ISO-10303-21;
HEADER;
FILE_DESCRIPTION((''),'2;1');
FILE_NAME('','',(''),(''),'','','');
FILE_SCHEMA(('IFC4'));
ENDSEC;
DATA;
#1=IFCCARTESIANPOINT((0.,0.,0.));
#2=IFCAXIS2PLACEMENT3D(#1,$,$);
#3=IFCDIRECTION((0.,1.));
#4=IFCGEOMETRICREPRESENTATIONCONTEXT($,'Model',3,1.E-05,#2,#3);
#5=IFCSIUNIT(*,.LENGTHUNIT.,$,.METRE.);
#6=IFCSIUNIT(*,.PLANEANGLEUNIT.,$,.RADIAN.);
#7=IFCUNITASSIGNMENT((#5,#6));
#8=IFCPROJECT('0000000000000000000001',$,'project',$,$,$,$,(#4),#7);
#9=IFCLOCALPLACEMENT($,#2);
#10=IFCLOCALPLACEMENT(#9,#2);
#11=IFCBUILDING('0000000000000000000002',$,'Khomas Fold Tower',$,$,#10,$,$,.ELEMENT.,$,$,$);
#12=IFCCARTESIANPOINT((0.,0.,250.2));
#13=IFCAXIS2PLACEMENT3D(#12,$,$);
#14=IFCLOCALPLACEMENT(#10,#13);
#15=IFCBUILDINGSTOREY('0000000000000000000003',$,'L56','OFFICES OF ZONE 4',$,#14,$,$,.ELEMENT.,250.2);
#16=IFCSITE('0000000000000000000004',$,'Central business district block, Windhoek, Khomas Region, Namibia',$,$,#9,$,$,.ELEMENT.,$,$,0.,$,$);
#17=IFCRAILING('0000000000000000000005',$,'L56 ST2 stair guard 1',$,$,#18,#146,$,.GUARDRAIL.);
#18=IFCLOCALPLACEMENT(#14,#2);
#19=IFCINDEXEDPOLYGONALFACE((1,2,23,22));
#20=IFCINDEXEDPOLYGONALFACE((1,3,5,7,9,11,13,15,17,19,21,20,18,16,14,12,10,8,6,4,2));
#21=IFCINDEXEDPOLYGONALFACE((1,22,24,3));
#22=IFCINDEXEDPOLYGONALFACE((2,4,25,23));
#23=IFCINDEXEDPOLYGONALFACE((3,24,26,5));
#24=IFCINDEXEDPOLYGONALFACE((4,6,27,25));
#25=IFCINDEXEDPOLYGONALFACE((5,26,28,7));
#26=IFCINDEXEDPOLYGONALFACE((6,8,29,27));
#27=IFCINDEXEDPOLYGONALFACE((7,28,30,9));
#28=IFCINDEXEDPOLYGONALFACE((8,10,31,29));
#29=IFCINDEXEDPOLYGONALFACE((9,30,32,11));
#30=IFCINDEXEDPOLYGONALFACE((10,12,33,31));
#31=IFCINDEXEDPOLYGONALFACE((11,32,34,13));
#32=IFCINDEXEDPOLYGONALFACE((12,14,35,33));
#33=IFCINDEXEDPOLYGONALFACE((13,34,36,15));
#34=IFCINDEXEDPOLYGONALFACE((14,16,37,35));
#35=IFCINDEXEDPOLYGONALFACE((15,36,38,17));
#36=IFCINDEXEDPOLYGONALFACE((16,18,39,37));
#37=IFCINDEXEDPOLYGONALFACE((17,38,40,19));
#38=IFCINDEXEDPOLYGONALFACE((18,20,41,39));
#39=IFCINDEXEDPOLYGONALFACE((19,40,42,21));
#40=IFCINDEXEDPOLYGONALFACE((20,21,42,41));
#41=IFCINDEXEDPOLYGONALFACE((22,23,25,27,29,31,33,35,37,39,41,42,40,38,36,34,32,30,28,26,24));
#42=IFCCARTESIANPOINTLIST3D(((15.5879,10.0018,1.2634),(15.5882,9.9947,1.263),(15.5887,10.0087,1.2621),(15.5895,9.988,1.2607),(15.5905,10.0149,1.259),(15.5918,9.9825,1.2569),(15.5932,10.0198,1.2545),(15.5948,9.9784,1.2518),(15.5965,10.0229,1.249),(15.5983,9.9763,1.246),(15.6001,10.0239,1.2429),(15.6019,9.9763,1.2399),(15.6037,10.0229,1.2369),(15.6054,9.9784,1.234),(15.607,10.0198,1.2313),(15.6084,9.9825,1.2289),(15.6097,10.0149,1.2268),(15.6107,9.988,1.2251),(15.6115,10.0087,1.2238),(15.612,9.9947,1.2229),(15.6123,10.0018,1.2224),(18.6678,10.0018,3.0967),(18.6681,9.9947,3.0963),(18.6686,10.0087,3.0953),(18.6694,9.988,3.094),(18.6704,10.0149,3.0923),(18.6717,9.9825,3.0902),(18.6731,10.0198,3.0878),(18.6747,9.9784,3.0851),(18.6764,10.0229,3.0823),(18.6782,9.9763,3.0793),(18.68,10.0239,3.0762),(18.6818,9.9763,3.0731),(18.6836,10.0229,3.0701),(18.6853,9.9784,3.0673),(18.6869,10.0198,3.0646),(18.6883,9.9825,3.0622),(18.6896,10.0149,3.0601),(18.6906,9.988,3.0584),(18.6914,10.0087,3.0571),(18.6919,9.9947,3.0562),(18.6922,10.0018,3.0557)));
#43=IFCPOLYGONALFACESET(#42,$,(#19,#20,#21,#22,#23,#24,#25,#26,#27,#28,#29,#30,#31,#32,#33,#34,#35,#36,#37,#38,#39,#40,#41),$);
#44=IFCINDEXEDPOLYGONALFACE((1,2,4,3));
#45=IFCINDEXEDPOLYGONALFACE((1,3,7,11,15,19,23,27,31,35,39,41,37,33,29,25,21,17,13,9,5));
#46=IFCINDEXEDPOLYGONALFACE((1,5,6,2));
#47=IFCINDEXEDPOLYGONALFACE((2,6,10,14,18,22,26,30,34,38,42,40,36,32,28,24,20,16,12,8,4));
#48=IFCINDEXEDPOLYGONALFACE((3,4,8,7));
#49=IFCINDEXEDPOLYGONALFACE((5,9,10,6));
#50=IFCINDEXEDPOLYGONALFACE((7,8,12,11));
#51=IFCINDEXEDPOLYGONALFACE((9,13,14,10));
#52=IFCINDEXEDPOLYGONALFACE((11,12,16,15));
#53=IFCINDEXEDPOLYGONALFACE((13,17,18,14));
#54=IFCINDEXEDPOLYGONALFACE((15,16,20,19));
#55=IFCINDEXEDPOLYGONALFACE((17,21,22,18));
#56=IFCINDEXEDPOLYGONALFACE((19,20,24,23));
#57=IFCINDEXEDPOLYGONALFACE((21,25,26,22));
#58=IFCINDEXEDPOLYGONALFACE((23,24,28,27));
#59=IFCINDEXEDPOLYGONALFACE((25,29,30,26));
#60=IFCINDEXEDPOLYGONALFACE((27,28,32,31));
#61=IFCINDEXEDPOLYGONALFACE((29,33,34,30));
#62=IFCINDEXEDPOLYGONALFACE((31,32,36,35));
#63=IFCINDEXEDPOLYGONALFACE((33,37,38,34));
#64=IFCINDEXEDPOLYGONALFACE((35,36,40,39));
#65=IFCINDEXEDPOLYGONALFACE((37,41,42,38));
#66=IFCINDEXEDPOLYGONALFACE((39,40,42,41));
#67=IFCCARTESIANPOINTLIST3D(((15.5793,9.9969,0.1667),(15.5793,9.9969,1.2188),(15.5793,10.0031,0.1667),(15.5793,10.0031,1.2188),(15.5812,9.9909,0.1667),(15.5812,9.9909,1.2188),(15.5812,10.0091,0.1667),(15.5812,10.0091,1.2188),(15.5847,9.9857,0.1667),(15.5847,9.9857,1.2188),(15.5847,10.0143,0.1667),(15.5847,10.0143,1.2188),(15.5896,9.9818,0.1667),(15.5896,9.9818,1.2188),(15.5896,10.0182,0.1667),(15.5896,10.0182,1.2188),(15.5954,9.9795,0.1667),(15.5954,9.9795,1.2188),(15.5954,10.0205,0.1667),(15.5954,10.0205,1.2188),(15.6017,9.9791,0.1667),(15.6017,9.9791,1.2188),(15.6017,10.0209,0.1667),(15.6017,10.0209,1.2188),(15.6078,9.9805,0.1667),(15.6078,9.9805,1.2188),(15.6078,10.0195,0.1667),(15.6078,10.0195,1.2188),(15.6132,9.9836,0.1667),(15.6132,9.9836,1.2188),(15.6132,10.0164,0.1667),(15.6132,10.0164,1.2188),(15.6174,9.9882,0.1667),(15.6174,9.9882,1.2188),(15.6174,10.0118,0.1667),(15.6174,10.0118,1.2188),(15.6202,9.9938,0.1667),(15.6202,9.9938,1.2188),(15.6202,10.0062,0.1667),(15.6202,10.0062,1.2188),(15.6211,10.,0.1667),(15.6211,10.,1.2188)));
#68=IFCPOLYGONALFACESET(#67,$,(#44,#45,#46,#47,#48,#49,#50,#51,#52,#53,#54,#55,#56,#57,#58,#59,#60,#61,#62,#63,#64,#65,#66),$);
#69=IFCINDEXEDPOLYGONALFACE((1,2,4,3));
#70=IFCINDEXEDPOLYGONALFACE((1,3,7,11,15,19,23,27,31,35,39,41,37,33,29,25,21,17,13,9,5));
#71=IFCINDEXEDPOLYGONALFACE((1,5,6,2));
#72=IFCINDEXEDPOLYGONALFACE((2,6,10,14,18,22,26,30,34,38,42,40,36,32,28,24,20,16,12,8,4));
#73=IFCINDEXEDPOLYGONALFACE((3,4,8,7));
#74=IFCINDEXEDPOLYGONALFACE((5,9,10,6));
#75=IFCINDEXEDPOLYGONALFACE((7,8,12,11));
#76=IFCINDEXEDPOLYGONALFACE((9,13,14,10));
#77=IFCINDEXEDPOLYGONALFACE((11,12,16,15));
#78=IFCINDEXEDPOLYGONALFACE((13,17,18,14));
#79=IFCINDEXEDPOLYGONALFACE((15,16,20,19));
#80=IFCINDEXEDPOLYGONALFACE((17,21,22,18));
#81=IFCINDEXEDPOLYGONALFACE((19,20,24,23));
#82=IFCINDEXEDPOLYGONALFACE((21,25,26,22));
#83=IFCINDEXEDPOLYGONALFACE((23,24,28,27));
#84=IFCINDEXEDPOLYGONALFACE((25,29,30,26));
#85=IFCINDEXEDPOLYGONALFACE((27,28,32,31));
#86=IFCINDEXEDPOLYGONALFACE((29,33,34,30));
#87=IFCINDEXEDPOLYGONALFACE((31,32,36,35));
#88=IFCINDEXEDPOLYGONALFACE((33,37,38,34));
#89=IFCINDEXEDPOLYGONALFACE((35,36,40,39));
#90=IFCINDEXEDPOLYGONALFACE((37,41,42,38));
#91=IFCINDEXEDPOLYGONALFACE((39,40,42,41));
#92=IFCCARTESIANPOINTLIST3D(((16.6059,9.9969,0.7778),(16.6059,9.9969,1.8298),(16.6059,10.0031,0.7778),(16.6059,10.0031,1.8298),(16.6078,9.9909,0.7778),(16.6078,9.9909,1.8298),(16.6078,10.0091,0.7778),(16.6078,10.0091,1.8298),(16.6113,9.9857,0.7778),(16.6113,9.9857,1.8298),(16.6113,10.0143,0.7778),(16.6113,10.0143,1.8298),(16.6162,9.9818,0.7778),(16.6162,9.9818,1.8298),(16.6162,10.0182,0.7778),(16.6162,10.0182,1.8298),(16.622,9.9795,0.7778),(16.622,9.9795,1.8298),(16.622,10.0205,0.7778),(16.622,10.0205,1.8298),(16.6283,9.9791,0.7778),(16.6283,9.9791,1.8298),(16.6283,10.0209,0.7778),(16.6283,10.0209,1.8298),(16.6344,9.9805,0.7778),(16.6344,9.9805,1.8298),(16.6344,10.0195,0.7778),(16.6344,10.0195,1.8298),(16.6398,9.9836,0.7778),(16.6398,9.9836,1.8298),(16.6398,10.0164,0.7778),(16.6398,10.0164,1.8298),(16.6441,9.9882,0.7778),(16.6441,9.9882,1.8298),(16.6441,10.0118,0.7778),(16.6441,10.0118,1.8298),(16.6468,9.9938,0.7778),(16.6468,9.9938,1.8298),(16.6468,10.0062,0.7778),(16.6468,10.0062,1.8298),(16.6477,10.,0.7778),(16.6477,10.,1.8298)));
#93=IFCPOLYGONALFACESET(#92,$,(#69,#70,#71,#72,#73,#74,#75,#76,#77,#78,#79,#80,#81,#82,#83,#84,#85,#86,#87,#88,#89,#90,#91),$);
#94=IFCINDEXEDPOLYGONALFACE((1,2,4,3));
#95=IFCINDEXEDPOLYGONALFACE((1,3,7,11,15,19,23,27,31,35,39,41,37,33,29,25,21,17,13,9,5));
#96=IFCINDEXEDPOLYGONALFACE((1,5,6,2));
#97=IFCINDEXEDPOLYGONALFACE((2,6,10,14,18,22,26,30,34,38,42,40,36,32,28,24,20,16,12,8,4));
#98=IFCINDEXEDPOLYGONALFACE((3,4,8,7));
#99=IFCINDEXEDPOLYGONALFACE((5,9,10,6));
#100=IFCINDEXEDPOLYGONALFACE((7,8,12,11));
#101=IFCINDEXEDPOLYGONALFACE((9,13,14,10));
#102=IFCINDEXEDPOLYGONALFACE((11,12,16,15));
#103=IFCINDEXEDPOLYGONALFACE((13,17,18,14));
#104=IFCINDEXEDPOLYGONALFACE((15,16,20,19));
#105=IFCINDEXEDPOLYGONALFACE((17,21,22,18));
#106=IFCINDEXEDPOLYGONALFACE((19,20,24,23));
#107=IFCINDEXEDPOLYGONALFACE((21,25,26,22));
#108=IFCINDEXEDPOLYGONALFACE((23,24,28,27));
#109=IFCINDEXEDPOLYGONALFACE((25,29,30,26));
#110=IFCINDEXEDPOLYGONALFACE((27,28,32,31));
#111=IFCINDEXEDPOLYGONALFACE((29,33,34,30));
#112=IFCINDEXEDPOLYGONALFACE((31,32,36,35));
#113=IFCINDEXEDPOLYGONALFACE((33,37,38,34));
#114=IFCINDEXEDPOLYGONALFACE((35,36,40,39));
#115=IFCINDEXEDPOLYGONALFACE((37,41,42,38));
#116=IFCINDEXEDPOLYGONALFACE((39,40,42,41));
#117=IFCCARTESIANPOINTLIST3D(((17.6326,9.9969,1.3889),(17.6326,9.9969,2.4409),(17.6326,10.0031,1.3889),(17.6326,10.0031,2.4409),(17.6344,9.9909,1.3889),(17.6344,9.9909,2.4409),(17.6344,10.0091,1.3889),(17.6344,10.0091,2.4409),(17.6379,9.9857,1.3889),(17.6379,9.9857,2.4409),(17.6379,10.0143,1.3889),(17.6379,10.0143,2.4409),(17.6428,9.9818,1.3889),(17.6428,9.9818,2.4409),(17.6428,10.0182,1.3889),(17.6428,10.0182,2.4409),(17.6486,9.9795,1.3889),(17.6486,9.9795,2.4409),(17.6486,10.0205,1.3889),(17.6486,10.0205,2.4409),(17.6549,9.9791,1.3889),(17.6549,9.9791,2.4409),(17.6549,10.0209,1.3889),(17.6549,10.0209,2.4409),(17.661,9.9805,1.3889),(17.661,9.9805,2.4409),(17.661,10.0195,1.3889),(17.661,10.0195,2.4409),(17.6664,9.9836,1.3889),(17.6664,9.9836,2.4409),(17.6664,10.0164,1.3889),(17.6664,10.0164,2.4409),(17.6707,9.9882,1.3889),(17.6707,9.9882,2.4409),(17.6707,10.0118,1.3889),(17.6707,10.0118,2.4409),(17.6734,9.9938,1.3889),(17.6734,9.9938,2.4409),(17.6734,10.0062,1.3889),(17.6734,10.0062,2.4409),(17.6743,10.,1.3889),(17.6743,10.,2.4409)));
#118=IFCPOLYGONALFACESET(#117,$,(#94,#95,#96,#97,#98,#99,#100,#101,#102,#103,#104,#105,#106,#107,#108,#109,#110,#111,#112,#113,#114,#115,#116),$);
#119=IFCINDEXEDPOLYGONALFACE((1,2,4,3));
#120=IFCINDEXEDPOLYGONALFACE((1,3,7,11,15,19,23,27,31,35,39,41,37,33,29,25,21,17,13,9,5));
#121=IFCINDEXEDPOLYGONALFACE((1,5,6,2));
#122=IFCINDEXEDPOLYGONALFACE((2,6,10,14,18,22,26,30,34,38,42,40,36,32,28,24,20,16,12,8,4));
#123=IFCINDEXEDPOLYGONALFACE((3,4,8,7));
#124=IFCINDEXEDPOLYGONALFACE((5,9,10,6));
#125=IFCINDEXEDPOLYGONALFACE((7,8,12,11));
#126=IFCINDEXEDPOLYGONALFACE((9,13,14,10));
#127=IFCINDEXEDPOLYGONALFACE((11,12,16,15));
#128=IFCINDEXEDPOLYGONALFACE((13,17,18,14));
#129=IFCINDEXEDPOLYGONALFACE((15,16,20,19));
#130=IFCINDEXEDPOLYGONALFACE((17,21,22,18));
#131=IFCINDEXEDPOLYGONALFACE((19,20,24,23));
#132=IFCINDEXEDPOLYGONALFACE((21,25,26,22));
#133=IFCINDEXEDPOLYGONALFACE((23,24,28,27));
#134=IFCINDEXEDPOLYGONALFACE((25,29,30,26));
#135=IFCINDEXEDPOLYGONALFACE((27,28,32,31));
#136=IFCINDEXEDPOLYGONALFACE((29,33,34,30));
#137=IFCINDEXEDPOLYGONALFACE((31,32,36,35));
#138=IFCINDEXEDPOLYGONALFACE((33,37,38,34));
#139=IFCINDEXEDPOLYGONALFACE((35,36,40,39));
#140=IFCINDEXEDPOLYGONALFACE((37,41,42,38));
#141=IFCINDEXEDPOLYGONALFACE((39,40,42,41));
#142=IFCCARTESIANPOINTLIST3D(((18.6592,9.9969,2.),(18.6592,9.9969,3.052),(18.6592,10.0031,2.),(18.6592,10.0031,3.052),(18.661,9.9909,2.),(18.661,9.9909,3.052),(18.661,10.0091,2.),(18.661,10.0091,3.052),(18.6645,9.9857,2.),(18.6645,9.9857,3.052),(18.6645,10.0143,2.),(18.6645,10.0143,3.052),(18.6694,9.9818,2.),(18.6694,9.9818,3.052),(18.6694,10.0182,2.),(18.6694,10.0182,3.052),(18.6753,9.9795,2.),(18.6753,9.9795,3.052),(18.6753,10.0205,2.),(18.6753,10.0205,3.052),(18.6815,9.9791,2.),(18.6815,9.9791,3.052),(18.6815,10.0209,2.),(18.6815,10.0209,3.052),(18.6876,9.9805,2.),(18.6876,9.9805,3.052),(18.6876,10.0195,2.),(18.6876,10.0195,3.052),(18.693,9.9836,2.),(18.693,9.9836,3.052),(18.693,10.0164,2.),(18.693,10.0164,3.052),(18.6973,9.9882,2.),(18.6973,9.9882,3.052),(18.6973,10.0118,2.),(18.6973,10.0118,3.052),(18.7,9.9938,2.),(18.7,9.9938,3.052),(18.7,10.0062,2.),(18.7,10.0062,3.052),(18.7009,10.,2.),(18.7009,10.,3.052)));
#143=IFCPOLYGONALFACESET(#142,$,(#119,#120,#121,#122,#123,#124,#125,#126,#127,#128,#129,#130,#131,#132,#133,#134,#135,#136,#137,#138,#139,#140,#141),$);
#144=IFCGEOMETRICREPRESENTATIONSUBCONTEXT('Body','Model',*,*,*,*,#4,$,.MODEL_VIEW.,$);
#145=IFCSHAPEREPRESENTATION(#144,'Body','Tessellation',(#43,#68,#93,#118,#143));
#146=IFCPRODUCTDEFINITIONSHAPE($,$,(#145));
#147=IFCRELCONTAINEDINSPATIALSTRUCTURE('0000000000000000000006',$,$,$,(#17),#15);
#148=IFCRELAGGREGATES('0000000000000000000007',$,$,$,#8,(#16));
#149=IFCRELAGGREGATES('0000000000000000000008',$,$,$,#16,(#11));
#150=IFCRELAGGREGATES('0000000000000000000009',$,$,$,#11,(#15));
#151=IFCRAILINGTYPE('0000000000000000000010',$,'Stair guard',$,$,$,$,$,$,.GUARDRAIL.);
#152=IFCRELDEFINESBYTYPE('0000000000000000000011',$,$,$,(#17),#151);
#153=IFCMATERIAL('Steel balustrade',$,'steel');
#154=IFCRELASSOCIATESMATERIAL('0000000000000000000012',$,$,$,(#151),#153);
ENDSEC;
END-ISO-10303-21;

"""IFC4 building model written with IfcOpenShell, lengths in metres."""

from ifc_helpers import new_model, si_unit, direction, frame, origin, origin_2d, place, context, subcontext, project, spatial, circle, extrude, source, transform, mapped, material, type_object, element, save


model = new_model("IFC4")

# Units and contexts
model_context = context("Model", 3, precision=1e-05, world=origin(), true_north=direction((0.0, 1.0)))
body_context = subcontext(model_context, "Body", "Model", "MODEL_VIEW")
ifc_project = project(units=[si_unit("LENGTHUNIT", "METRE"), si_unit("PLANEANGLEUNIT", "RADIAN")], contexts=[model_context])

# Site, building, storey
site_placement = place(None, origin())
site = spatial("IfcSite", under=ifc_project, at=site_placement, Name="Central business district block, Windhoek, Khomas Region, Namibia", CompositionType="ELEMENT", RefElevation=0.0)
building_placement = place(site_placement, origin())
building = spatial("IfcBuilding", under=site, at=building_placement, Name="Khomas Fold Tower", CompositionType="ELEMENT")
storey_placement = place(building_placement, frame((0.0, 0.0, 250.2)))
storey = spatial("IfcBuildingStorey", under=building, at=storey_placement, Name="L56", Description="OFFICES OF ZONE 4", CompositionType="ELEMENT", Elevation=250.2)

# Railing
ifc_material_1 = material(Name="Steel balustrade", Category="steel")
railing_type_1 = type_object("IfcRailingType", Name="Stair guard", PredefinedType="GUARDRAIL", material=ifc_material_1)
shared_shape_1 = source(origin(), body_context, "Body", "SweptSolid", [
    extrude(circle(Radius=0.0239, at=origin_2d()), frame((0.0, 0.0, 1.0762), z_axis=(0.859291, 0.0, 0.511487), x_axis=(0.0, 1.0, 0.0)), (0.0, 0.0, 1.0), 3.5842),
    extrude(circle(Radius=0.021, at=origin_2d()), origin(), (0.0, 0.0, 1.0), 1.052),
    extrude(circle(Radius=0.021, at=origin_2d()), frame((1.0266, 0.0, 0.6111)), (0.0, 0.0, 1.0), 1.052),
    extrude(circle(Radius=0.021, at=origin_2d()), frame((2.0532, 0.0, 1.2222)), (0.0, 0.0, 1.0), 1.052),
    extrude(circle(Radius=0.021, at=origin_2d()), frame((3.0798, 0.0, 1.8333)), (0.0, 0.0, 1.0), 1.052),
])
railing_1_placement = place(storey_placement, frame((15.6001, 10.0, 0.1667)))
element("IfcRailing", 1, at=railing_1_placement, inside=storey, type_object=railing_type_1, Name="L56 ST2 stair guard 1", PredefinedType="GUARDRAIL", context=body_context, shape_type="MappedRepresentation", body=[
    mapped(shared_shape_1, transform((0.0, 0.0, 0.0))),
])

save(model, "model.ifc")
